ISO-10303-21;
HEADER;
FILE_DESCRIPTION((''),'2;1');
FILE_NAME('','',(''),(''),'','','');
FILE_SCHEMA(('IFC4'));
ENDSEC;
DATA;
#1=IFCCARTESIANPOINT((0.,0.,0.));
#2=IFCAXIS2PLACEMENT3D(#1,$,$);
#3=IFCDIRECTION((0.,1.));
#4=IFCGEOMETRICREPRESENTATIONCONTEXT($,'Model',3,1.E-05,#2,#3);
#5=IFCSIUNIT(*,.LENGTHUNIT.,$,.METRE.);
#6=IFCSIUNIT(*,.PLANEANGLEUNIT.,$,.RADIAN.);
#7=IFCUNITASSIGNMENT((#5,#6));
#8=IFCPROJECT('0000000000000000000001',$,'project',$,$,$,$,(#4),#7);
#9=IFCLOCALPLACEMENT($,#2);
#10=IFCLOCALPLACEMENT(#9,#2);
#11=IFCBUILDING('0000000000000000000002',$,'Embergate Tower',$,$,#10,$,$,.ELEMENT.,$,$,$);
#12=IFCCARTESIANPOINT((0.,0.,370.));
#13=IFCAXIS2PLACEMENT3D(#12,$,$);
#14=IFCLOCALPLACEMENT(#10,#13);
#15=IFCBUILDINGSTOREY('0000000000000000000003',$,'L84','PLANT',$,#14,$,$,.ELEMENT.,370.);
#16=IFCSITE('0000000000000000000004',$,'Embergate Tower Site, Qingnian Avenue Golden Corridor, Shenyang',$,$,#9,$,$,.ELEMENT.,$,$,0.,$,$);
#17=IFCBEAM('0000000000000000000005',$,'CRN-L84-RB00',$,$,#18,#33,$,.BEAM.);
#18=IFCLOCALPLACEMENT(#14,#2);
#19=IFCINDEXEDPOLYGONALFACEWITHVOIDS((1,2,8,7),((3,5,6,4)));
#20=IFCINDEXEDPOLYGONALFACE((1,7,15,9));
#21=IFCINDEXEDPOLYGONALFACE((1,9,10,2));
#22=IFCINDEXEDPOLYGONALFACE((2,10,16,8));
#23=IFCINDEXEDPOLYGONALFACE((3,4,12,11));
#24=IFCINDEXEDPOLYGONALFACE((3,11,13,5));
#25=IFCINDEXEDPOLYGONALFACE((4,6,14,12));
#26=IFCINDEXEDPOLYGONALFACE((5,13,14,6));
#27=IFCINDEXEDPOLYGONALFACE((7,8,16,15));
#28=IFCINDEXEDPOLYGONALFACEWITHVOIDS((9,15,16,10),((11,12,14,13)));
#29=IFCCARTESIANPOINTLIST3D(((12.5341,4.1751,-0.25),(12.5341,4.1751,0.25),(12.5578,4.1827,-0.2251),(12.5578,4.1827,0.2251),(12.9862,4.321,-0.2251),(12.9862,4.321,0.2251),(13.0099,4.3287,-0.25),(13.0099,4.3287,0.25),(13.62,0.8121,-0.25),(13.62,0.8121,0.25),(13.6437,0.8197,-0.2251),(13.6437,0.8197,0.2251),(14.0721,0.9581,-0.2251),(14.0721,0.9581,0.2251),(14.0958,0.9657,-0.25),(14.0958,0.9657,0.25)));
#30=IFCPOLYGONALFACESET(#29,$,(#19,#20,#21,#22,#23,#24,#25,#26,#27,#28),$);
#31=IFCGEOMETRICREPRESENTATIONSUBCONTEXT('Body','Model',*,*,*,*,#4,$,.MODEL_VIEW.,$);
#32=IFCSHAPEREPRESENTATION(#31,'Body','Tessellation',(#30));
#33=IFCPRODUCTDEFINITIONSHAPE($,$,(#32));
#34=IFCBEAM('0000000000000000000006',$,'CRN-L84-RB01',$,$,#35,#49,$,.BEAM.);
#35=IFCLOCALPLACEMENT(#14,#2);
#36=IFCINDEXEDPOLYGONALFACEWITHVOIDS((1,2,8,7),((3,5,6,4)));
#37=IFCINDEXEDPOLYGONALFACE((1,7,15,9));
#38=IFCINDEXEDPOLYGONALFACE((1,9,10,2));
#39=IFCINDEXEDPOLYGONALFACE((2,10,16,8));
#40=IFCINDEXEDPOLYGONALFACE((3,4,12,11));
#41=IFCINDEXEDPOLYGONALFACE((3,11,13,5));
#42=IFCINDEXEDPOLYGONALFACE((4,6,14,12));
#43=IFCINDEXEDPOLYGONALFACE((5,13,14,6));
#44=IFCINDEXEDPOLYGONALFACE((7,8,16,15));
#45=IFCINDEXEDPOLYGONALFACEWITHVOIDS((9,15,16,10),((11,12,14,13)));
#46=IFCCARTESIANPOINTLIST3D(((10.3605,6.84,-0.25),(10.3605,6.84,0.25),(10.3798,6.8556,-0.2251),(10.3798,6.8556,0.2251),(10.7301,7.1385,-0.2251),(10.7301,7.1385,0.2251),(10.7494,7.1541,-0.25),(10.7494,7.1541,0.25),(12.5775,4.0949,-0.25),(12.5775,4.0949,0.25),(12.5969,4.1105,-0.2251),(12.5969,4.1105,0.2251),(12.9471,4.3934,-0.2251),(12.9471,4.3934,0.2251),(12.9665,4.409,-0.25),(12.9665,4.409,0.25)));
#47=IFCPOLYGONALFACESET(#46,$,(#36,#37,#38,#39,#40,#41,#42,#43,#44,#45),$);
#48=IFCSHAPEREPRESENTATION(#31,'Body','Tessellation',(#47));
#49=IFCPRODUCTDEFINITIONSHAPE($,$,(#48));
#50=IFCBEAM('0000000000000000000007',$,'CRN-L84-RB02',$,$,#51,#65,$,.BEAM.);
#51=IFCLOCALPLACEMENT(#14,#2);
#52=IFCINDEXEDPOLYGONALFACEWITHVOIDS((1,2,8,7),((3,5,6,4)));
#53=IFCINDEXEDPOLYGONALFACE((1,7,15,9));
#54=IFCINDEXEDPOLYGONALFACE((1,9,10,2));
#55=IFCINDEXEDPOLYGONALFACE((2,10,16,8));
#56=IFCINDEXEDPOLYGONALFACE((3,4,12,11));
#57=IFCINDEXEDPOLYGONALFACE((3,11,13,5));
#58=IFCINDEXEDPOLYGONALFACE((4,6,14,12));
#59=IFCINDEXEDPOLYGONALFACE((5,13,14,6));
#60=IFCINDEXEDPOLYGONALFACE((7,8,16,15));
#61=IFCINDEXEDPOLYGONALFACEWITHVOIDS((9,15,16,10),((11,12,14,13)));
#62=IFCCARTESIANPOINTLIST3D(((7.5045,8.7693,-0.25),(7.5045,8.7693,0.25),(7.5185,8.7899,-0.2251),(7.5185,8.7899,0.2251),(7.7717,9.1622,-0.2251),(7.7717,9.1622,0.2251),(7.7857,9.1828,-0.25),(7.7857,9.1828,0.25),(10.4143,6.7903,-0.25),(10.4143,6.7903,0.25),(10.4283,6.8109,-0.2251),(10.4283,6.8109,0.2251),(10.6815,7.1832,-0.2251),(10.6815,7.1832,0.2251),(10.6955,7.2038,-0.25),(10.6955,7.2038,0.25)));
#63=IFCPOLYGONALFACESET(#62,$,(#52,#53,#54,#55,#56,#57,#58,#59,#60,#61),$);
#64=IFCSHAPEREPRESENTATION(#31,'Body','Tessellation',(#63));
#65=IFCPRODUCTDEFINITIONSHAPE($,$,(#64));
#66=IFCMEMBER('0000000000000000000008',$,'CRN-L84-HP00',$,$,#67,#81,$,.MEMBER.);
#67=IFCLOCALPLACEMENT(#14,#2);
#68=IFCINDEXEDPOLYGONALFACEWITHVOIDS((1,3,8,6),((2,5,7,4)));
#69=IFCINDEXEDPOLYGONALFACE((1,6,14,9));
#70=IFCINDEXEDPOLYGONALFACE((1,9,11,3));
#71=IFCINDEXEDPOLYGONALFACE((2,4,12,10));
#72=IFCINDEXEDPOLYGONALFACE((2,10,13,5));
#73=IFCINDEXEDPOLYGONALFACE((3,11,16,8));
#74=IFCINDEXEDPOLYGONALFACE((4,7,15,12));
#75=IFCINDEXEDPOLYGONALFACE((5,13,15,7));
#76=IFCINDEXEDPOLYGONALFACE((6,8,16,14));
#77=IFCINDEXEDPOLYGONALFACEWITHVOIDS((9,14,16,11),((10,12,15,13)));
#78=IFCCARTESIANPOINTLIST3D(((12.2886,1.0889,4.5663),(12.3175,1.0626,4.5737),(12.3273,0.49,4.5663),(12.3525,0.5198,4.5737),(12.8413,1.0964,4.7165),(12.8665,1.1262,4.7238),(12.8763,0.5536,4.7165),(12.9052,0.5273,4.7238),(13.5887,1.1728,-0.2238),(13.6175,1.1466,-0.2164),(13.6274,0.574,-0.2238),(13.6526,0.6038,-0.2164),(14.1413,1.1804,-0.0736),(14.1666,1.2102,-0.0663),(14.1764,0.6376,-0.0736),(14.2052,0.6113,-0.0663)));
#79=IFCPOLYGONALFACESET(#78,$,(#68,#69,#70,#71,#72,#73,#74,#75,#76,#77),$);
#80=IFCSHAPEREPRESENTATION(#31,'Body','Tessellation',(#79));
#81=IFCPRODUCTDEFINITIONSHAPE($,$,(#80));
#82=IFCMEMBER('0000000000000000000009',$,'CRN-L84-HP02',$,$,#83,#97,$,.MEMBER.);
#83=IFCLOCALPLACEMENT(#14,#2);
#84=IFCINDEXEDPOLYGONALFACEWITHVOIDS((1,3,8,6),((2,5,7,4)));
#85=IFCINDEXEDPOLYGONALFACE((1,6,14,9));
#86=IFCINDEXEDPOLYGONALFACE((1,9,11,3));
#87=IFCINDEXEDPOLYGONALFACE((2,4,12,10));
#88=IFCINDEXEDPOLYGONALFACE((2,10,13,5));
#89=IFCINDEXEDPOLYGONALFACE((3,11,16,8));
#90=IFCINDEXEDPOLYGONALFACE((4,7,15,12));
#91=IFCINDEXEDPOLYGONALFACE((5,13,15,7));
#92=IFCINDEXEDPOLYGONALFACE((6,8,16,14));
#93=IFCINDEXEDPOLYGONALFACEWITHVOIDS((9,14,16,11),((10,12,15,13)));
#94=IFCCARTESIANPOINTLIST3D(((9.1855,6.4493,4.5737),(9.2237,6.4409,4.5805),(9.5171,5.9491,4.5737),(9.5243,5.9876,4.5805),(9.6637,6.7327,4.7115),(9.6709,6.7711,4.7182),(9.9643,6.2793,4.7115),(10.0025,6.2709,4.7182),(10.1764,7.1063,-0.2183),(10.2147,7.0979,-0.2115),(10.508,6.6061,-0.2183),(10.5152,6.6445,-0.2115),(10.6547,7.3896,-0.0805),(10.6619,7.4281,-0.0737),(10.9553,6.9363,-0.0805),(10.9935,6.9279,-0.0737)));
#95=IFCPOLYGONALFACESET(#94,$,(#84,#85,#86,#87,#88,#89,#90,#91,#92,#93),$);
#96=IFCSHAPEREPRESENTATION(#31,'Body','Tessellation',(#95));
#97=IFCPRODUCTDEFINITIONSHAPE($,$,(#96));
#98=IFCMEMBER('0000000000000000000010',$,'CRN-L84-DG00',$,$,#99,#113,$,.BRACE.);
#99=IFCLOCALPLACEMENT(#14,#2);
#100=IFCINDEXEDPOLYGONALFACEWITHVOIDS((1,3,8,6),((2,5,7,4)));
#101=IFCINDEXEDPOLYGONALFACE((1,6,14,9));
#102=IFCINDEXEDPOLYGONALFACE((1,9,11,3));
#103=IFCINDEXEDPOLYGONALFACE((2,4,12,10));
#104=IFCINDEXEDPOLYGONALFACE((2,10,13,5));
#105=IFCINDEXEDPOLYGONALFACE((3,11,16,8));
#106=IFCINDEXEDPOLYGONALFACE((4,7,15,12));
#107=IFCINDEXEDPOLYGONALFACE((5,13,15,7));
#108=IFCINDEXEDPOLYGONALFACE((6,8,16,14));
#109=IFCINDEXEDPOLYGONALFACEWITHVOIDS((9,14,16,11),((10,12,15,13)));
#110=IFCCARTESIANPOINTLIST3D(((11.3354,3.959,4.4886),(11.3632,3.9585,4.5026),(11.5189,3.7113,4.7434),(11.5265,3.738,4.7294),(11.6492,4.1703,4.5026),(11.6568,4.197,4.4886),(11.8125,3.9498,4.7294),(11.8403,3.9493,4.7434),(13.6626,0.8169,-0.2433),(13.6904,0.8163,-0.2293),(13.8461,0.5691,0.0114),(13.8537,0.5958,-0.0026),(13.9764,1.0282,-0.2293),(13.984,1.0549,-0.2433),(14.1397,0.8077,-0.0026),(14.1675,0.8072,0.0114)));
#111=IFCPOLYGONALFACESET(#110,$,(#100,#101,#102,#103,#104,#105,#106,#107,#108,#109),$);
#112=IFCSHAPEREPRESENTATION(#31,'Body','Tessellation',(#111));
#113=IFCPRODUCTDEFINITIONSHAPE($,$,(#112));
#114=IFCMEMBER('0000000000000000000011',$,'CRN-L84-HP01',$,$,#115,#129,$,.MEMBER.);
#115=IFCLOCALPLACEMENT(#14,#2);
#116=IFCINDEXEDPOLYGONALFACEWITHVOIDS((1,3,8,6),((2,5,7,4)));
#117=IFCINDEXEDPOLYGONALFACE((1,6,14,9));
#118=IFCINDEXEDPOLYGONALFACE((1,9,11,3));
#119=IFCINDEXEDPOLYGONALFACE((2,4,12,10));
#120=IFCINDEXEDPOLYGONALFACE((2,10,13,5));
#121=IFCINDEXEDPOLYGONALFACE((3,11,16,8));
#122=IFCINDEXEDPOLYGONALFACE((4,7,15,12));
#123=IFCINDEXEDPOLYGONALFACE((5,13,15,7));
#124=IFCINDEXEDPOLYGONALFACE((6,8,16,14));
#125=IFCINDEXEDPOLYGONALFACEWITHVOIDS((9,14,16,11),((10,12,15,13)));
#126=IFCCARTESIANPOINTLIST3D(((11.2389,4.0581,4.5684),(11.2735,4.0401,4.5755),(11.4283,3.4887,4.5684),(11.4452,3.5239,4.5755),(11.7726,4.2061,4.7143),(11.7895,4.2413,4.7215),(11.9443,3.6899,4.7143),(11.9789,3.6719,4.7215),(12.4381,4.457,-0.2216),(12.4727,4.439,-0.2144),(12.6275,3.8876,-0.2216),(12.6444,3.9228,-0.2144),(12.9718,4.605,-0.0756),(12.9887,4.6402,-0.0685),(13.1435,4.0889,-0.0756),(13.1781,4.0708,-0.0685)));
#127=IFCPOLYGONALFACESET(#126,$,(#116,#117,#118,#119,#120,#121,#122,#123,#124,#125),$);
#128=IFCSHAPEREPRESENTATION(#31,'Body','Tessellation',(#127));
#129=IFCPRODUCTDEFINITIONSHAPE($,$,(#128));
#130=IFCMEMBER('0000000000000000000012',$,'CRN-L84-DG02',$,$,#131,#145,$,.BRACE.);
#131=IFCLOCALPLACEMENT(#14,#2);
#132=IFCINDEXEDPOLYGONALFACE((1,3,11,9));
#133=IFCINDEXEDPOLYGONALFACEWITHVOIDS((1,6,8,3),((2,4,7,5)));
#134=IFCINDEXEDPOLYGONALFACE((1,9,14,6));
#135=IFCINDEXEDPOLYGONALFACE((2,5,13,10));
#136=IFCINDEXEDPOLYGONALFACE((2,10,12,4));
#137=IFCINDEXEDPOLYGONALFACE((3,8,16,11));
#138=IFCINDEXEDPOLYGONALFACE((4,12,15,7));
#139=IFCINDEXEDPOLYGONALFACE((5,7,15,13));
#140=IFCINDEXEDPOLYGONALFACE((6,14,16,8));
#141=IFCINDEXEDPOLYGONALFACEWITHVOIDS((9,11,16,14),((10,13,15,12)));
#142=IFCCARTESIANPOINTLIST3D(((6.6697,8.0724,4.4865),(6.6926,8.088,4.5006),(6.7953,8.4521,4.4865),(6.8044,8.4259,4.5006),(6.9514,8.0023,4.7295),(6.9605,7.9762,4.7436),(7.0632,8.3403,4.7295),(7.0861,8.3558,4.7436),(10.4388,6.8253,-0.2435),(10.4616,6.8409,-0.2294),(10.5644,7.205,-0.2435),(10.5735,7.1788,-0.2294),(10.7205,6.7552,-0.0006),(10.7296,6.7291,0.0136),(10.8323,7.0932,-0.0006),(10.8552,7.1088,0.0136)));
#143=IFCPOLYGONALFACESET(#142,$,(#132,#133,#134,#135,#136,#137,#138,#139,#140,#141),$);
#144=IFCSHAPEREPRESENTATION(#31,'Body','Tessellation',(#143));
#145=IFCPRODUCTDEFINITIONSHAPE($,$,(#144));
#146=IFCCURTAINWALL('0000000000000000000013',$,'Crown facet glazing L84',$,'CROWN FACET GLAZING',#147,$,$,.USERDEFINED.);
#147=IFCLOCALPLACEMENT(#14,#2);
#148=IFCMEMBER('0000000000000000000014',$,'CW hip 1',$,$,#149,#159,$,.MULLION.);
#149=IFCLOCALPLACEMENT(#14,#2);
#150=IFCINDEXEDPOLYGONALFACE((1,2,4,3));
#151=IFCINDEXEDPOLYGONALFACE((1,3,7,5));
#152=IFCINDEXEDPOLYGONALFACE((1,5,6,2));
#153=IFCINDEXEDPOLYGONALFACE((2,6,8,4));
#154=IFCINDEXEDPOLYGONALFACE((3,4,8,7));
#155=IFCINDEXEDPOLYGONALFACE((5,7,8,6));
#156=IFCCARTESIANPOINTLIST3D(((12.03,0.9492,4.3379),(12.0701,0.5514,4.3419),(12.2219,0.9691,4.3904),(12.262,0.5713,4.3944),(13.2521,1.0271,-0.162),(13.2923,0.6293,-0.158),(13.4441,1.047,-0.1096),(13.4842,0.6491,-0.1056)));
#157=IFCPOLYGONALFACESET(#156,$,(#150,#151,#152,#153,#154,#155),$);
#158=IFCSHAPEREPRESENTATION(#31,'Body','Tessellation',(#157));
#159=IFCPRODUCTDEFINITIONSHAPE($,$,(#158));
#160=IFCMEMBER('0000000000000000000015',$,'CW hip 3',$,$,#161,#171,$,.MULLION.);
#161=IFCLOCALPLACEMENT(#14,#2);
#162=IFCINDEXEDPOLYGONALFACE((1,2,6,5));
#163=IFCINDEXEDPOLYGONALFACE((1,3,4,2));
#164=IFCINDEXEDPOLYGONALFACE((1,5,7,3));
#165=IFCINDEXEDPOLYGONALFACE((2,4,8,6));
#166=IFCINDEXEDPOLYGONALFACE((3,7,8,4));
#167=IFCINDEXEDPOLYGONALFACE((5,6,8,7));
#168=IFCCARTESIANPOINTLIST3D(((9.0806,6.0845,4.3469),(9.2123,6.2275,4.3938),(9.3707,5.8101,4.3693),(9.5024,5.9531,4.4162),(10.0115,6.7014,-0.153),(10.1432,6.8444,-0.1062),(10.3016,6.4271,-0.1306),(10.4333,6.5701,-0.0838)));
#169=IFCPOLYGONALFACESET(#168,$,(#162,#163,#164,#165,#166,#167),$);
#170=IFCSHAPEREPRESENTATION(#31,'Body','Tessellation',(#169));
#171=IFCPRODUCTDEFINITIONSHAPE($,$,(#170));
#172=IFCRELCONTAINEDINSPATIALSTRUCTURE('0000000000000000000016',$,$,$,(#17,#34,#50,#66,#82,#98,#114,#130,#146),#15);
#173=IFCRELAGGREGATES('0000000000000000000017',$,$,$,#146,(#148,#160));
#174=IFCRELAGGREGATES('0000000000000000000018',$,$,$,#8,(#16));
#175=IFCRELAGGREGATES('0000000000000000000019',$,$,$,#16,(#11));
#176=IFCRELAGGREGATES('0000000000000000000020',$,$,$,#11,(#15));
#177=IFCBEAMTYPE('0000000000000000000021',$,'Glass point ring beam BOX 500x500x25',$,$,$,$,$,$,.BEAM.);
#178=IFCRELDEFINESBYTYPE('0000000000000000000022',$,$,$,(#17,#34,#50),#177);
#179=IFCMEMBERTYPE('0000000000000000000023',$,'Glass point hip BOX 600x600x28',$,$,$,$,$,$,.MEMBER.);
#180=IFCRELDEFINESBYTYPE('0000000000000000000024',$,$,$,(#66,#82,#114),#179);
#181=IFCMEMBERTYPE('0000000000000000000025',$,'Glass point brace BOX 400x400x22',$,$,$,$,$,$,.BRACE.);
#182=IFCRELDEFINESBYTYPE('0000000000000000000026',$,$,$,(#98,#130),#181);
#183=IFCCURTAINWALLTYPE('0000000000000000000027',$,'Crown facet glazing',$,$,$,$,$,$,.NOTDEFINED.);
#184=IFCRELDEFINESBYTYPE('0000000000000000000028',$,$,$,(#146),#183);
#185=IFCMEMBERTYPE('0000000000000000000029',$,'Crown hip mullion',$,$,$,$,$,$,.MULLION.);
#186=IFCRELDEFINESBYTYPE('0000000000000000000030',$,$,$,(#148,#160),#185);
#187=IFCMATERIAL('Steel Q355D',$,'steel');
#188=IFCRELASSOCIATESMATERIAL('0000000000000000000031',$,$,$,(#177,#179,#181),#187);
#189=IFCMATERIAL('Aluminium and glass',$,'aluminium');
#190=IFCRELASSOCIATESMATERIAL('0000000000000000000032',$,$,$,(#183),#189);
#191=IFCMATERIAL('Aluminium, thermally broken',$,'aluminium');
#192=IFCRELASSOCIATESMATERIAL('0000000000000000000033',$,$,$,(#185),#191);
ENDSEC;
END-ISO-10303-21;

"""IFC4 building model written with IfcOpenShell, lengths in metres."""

from ifc_helpers import new_model, si_unit, direction, frame, origin, origin_2d, place, context, subcontext, project, spatial, rectangle, hollow_rectangle, extrude, source, transform, mapped, material, material_profile, profile_set, type_object, element, aggregate, save


model = new_model("IFC4")

# Units and contexts
model_context = context("Model", 3, precision=1e-05, world=origin(), true_north=direction((0.0, 1.0)))
body_context = subcontext(model_context, "Body", "Model", "MODEL_VIEW")
ifc_project = project(units=[si_unit("LENGTHUNIT", "METRE"), si_unit("PLANEANGLEUNIT", "RADIAN")], contexts=[model_context])

# Site, building, storey
site_placement = place(None, origin())
site = spatial("IfcSite", under=ifc_project, at=site_placement, Name="Embergate Tower Site, Qingnian Avenue Golden Corridor, Shenyang", CompositionType="ELEMENT", RefElevation=0.0)
building_placement = place(site_placement, origin())
building = spatial("IfcBuilding", under=site, at=building_placement, Name="Embergate Tower", CompositionType="ELEMENT")
storey_placement = place(building_placement, frame((0.0, 0.0, 370.0)))
storey = spatial("IfcBuildingStorey", under=building, at=storey_placement, Name="L84", Description="PLANT", CompositionType="ELEMENT", Elevation=370.0)

# Beams
ifc_material_1 = material(Name="Steel Q355D", Category="steel")
ifc_material_profile_1 = material_profile(ifc_material_1, hollow_rectangle(XDim=0.5, YDim=0.5, WallThickness=0.0249, at=origin_2d()), Name="BOX 500x500x25")
ifc_profile_set_1 = profile_set([ifc_material_profile_1], Name="Steel Q355 grade D")
beam_type = type_object("IfcBeamType", Name="Glass point ring beam BOX 500x500x25", PredefinedType="BEAM", material=ifc_profile_set_1)
shared_shape_1 = source(origin(), body_context, "Body", "SweptSolid", [
    extrude(hollow_rectangle(XDim=0.5, YDim=0.5, WallThickness=0.0249, at=origin_2d()), origin(), (0.0, 0.0, 1.0), 3.5339),
])
beam_1_placement = place(storey_placement, frame((13.8579, 0.8889, 0.0), z_axis=(-0.307281, 0.951619, 0.0), x_axis=(-0.951619, -0.307281, 0.0)))
element("IfcBeam", 1, at=beam_1_placement, inside=storey, type_object=beam_type, Name="CRN-L84-RB00", PredefinedType="BEAM", context=body_context, shape_type="MappedRepresentation", body=[
    mapped(shared_shape_1, transform((0.0, 0.0, 0.0))),
])
shared_shape_2 = source(origin(), body_context, "Body", "SweptSolid", [
    extrude(hollow_rectangle(XDim=0.5, YDim=0.5, WallThickness=0.0249, at=origin_2d()), origin(), (0.0, 0.0, 1.0), 3.5286),
])
beam_2_placement = place(storey_placement, frame((12.772, 4.252, 0.0), z_axis=(-0.628308, 0.777965, 0.0), x_axis=(-0.777965, -0.628308, 0.0)))
element("IfcBeam", 2, at=beam_2_placement, inside=storey, type_object=beam_type, Name="CRN-L84-RB01", PredefinedType="BEAM", context=body_context, shape_type="MappedRepresentation", body=[
    mapped(shared_shape_2, transform((0.0, 0.0, 0.0))),
])
shared_shape_3 = source(origin(), body_context, "Body", "SweptSolid", [
    extrude(hollow_rectangle(XDim=0.5, YDim=0.5, WallThickness=0.0249, at=origin_2d()), origin(), (0.0, 0.0, 1.0), 3.519),
])
beam_3_placement = place(storey_placement, frame((10.5549, 6.9971, 0.0), z_axis=(-0.826892, 0.562361, 0.0), x_axis=(-0.562361, -0.826892, 0.0)))
element("IfcBeam", 3, at=beam_3_placement, inside=storey, type_object=beam_type, Name="CRN-L84-RB02", PredefinedType="BEAM", context=body_context, shape_type="MappedRepresentation", body=[
    mapped(shared_shape_3, transform((0.0, 0.0, 0.0))),
])

# Members
ifc_material_profile_2 = material_profile(ifc_material_1, hollow_rectangle(XDim=0.6001, YDim=0.6001, WallThickness=0.0281, at=origin_2d()), Name="BOX 600x600x28")
ifc_profile_set_2 = profile_set([ifc_material_profile_2], Name="Steel Q355 grade D")
member_type_1 = type_object("IfcMemberType", Name="Glass point hip BOX 600x600x28", PredefinedType="MEMBER", material=ifc_profile_set_2)
shared_shape_4 = source(origin(), body_context, "Body", "SweptSolid", [
    extrude(hollow_rectangle(XDim=0.6001, YDim=0.6001, WallThickness=0.0281, at=origin_2d()), origin(), (0.0, 0.0, 1.0), 4.9641),
])
member_1_placement = place(storey_placement, frame((13.897, 0.8921, -0.145), z_axis=(-0.261894, -0.016919, 0.964948), x_axis=(0.064467, -0.99792, 0.0)))
element("IfcMember", 4, at=member_1_placement, inside=storey, type_object=member_type_1, Name="CRN-L84-HP00", PredefinedType="MEMBER", context=body_context, shape_type="MappedRepresentation", body=[
    mapped(shared_shape_4, transform((0.0, 0.0, 0.0))),
])
shared_shape_5 = source(origin(), body_context, "Body", "SweptSolid", [
    extrude(hollow_rectangle(XDim=0.6001, YDim=0.6001, WallThickness=0.0281, at=origin_2d()), origin(), (0.0, 0.0, 1.0), 4.9373),
])
member_2_placement = place(storey_placement, frame((10.585, 7.0171, -0.146), z_axis=(-0.200711, -0.133065, 0.970571), x_axis=(0.552566, -0.833469, 0.0)))
element("IfcMember", 5, at=member_2_placement, inside=storey, type_object=member_type_1, Name="CRN-L84-HP02", PredefinedType="MEMBER", context=body_context, shape_type="MappedRepresentation", body=[
    mapped(shared_shape_5, transform((0.0, 0.0, 0.0))),
])
ifc_material_profile_3 = material_profile(ifc_material_1, hollow_rectangle(XDim=0.3999, YDim=0.3999, WallThickness=0.022, at=origin_2d()), Name="BOX 400x400x22")
ifc_profile_set_3 = profile_set([ifc_material_profile_3], Name="Steel Q355 grade D")
member_type_2 = type_object("IfcMemberType", Name="Glass point brace BOX 400x400x22", PredefinedType="BRACE", material=ifc_profile_set_3)
shared_shape_6 = source(origin(), body_context, "Body", "SweptSolid", [
    extrude(hollow_rectangle(XDim=0.3999, YDim=0.3999, WallThickness=0.022, at=origin_2d()), origin(), (0.0, 0.0, 1.0), 6.1384),
])
member_3_placement = place(storey_placement, frame((13.915, 0.812, -0.116), z_axis=(-0.379115, 0.511877, 0.770878), x_axis=(-0.803597, -0.595174, 0.0)))
element("IfcMember", 6, at=member_3_placement, inside=storey, type_object=member_type_2, Name="CRN-L84-DG00", PredefinedType="BRACE", context=body_context, shape_type="MappedRepresentation", body=[
    mapped(shared_shape_6, transform((0.0, 0.0, 0.0))),
])
shared_shape_7 = source(origin(), body_context, "Body", "SweptSolid", [
    extrude(hollow_rectangle(XDim=0.6001, YDim=0.6001, WallThickness=0.0281, at=origin_2d()), origin(), (0.0, 0.0, 1.0), 4.9539),
])
member_4_placement = place(storey_placement, frame((12.8081, 4.2639, -0.145), z_axis=(-0.242073, -0.080527, 0.966911), x_axis=(0.315648, -0.948876, 0.0)))
element("IfcMember", 7, at=member_4_placement, inside=storey, type_object=member_type_1, Name="CRN-L84-HP01", PredefinedType="MEMBER", context=body_context, shape_type="MappedRepresentation", body=[
    mapped(shared_shape_7, transform((0.0, 0.0, 0.0))),
])
shared_shape_8 = source(origin(), body_context, "Body", "SweptSolid", [
    extrude(hollow_rectangle(XDim=0.3999, YDim=0.3999, WallThickness=0.022, at=origin_2d()), origin(), (0.0, 0.0, 1.0), 6.1753),
])
member_5_placement = place(storey_placement, frame((10.647, 6.967, -0.115), z_axis=(-0.610348, 0.201947, 0.765959), x_axis=(-0.314124, -0.949382, 0.0)))
element("IfcMember", 8, at=member_5_placement, inside=storey, type_object=member_type_2, Name="CRN-L84-DG02", PredefinedType="BRACE", context=body_context, shape_type="MappedRepresentation", body=[
    mapped(shared_shape_8, transform((0.0, 0.0, 0.0))),
])

# Curtain wall, members
ifc_material_2 = material(Name="Aluminium and glass", Category="aluminium")
curtain_wall_type = type_object("IfcCurtainWallType", Name="Crown facet glazing", PredefinedType="NOTDEFINED", material=ifc_material_2)
curtain_wall_placement = place(storey_placement, origin())
curtain_wall = element("IfcCurtainWall", 9, at=curtain_wall_placement, inside=storey, type_object=curtain_wall_type, Name="Crown facet glazing L84", ObjectType="CROWN FACET GLAZING", PredefinedType="USERDEFINED")
ifc_material_3 = material(Name="Aluminium, thermally broken", Category="aluminium")
ifc_material_profile_4 = material_profile(ifc_material_3, rectangle(XDim=0.2, YDim=0.3999, at=origin_2d()), Name="AL 400x200")
ifc_profile_set_4 = profile_set([ifc_material_profile_4], Name="Aluminium, thermally broken")
member_type_3 = type_object("IfcMemberType", Name="Crown hip mullion", PredefinedType="MULLION", material=ifc_profile_set_4)
shared_shape_9 = source(origin(), body_context, "Body", "SweptSolid", [
    extrude(rectangle(XDim=0.2, YDim=0.3999, at=origin_2d()), origin(), (0.0, 0.0, 1.0), 4.6636),
])
member_6_placement = place(storey_placement, frame((13.3682, 0.8381, -0.1338), z_axis=(-0.262062, -0.0167, 0.964907), x_axis=(0.959824, 0.099411, 0.262402)))
member_6 = element("IfcMember", 10, at=member_6_placement, type_object=member_type_3, Name="CW hip 1", PredefinedType="MULLION", context=body_context, shape_type="MappedRepresentation", body=[
    mapped(shared_shape_9, transform((0.0, 0.0, 0.0))),
])
shared_shape_10 = source(origin(), body_context, "Body", "SweptSolid", [
    extrude(rectangle(XDim=0.2, YDim=0.3999, at=origin_2d()), origin(), (0.0, 0.0, 1.0), 4.6365),
])
member_7_placement = place(storey_placement, frame((10.2224, 6.6357, -0.1184), z_axis=(-0.200778, -0.133062, 0.970558), x_axis=(0.658408, 0.715275, 0.234267)))
member_7 = element("IfcMember", 11, at=member_7_placement, type_object=member_type_3, Name="CW hip 3", PredefinedType="MULLION", context=body_context, shape_type="MappedRepresentation", body=[
    mapped(shared_shape_10, transform((0.0, 0.0, 0.0))),
])
aggregate(curtain_wall, [member_6, member_7])

save(model, "model.ifc")
